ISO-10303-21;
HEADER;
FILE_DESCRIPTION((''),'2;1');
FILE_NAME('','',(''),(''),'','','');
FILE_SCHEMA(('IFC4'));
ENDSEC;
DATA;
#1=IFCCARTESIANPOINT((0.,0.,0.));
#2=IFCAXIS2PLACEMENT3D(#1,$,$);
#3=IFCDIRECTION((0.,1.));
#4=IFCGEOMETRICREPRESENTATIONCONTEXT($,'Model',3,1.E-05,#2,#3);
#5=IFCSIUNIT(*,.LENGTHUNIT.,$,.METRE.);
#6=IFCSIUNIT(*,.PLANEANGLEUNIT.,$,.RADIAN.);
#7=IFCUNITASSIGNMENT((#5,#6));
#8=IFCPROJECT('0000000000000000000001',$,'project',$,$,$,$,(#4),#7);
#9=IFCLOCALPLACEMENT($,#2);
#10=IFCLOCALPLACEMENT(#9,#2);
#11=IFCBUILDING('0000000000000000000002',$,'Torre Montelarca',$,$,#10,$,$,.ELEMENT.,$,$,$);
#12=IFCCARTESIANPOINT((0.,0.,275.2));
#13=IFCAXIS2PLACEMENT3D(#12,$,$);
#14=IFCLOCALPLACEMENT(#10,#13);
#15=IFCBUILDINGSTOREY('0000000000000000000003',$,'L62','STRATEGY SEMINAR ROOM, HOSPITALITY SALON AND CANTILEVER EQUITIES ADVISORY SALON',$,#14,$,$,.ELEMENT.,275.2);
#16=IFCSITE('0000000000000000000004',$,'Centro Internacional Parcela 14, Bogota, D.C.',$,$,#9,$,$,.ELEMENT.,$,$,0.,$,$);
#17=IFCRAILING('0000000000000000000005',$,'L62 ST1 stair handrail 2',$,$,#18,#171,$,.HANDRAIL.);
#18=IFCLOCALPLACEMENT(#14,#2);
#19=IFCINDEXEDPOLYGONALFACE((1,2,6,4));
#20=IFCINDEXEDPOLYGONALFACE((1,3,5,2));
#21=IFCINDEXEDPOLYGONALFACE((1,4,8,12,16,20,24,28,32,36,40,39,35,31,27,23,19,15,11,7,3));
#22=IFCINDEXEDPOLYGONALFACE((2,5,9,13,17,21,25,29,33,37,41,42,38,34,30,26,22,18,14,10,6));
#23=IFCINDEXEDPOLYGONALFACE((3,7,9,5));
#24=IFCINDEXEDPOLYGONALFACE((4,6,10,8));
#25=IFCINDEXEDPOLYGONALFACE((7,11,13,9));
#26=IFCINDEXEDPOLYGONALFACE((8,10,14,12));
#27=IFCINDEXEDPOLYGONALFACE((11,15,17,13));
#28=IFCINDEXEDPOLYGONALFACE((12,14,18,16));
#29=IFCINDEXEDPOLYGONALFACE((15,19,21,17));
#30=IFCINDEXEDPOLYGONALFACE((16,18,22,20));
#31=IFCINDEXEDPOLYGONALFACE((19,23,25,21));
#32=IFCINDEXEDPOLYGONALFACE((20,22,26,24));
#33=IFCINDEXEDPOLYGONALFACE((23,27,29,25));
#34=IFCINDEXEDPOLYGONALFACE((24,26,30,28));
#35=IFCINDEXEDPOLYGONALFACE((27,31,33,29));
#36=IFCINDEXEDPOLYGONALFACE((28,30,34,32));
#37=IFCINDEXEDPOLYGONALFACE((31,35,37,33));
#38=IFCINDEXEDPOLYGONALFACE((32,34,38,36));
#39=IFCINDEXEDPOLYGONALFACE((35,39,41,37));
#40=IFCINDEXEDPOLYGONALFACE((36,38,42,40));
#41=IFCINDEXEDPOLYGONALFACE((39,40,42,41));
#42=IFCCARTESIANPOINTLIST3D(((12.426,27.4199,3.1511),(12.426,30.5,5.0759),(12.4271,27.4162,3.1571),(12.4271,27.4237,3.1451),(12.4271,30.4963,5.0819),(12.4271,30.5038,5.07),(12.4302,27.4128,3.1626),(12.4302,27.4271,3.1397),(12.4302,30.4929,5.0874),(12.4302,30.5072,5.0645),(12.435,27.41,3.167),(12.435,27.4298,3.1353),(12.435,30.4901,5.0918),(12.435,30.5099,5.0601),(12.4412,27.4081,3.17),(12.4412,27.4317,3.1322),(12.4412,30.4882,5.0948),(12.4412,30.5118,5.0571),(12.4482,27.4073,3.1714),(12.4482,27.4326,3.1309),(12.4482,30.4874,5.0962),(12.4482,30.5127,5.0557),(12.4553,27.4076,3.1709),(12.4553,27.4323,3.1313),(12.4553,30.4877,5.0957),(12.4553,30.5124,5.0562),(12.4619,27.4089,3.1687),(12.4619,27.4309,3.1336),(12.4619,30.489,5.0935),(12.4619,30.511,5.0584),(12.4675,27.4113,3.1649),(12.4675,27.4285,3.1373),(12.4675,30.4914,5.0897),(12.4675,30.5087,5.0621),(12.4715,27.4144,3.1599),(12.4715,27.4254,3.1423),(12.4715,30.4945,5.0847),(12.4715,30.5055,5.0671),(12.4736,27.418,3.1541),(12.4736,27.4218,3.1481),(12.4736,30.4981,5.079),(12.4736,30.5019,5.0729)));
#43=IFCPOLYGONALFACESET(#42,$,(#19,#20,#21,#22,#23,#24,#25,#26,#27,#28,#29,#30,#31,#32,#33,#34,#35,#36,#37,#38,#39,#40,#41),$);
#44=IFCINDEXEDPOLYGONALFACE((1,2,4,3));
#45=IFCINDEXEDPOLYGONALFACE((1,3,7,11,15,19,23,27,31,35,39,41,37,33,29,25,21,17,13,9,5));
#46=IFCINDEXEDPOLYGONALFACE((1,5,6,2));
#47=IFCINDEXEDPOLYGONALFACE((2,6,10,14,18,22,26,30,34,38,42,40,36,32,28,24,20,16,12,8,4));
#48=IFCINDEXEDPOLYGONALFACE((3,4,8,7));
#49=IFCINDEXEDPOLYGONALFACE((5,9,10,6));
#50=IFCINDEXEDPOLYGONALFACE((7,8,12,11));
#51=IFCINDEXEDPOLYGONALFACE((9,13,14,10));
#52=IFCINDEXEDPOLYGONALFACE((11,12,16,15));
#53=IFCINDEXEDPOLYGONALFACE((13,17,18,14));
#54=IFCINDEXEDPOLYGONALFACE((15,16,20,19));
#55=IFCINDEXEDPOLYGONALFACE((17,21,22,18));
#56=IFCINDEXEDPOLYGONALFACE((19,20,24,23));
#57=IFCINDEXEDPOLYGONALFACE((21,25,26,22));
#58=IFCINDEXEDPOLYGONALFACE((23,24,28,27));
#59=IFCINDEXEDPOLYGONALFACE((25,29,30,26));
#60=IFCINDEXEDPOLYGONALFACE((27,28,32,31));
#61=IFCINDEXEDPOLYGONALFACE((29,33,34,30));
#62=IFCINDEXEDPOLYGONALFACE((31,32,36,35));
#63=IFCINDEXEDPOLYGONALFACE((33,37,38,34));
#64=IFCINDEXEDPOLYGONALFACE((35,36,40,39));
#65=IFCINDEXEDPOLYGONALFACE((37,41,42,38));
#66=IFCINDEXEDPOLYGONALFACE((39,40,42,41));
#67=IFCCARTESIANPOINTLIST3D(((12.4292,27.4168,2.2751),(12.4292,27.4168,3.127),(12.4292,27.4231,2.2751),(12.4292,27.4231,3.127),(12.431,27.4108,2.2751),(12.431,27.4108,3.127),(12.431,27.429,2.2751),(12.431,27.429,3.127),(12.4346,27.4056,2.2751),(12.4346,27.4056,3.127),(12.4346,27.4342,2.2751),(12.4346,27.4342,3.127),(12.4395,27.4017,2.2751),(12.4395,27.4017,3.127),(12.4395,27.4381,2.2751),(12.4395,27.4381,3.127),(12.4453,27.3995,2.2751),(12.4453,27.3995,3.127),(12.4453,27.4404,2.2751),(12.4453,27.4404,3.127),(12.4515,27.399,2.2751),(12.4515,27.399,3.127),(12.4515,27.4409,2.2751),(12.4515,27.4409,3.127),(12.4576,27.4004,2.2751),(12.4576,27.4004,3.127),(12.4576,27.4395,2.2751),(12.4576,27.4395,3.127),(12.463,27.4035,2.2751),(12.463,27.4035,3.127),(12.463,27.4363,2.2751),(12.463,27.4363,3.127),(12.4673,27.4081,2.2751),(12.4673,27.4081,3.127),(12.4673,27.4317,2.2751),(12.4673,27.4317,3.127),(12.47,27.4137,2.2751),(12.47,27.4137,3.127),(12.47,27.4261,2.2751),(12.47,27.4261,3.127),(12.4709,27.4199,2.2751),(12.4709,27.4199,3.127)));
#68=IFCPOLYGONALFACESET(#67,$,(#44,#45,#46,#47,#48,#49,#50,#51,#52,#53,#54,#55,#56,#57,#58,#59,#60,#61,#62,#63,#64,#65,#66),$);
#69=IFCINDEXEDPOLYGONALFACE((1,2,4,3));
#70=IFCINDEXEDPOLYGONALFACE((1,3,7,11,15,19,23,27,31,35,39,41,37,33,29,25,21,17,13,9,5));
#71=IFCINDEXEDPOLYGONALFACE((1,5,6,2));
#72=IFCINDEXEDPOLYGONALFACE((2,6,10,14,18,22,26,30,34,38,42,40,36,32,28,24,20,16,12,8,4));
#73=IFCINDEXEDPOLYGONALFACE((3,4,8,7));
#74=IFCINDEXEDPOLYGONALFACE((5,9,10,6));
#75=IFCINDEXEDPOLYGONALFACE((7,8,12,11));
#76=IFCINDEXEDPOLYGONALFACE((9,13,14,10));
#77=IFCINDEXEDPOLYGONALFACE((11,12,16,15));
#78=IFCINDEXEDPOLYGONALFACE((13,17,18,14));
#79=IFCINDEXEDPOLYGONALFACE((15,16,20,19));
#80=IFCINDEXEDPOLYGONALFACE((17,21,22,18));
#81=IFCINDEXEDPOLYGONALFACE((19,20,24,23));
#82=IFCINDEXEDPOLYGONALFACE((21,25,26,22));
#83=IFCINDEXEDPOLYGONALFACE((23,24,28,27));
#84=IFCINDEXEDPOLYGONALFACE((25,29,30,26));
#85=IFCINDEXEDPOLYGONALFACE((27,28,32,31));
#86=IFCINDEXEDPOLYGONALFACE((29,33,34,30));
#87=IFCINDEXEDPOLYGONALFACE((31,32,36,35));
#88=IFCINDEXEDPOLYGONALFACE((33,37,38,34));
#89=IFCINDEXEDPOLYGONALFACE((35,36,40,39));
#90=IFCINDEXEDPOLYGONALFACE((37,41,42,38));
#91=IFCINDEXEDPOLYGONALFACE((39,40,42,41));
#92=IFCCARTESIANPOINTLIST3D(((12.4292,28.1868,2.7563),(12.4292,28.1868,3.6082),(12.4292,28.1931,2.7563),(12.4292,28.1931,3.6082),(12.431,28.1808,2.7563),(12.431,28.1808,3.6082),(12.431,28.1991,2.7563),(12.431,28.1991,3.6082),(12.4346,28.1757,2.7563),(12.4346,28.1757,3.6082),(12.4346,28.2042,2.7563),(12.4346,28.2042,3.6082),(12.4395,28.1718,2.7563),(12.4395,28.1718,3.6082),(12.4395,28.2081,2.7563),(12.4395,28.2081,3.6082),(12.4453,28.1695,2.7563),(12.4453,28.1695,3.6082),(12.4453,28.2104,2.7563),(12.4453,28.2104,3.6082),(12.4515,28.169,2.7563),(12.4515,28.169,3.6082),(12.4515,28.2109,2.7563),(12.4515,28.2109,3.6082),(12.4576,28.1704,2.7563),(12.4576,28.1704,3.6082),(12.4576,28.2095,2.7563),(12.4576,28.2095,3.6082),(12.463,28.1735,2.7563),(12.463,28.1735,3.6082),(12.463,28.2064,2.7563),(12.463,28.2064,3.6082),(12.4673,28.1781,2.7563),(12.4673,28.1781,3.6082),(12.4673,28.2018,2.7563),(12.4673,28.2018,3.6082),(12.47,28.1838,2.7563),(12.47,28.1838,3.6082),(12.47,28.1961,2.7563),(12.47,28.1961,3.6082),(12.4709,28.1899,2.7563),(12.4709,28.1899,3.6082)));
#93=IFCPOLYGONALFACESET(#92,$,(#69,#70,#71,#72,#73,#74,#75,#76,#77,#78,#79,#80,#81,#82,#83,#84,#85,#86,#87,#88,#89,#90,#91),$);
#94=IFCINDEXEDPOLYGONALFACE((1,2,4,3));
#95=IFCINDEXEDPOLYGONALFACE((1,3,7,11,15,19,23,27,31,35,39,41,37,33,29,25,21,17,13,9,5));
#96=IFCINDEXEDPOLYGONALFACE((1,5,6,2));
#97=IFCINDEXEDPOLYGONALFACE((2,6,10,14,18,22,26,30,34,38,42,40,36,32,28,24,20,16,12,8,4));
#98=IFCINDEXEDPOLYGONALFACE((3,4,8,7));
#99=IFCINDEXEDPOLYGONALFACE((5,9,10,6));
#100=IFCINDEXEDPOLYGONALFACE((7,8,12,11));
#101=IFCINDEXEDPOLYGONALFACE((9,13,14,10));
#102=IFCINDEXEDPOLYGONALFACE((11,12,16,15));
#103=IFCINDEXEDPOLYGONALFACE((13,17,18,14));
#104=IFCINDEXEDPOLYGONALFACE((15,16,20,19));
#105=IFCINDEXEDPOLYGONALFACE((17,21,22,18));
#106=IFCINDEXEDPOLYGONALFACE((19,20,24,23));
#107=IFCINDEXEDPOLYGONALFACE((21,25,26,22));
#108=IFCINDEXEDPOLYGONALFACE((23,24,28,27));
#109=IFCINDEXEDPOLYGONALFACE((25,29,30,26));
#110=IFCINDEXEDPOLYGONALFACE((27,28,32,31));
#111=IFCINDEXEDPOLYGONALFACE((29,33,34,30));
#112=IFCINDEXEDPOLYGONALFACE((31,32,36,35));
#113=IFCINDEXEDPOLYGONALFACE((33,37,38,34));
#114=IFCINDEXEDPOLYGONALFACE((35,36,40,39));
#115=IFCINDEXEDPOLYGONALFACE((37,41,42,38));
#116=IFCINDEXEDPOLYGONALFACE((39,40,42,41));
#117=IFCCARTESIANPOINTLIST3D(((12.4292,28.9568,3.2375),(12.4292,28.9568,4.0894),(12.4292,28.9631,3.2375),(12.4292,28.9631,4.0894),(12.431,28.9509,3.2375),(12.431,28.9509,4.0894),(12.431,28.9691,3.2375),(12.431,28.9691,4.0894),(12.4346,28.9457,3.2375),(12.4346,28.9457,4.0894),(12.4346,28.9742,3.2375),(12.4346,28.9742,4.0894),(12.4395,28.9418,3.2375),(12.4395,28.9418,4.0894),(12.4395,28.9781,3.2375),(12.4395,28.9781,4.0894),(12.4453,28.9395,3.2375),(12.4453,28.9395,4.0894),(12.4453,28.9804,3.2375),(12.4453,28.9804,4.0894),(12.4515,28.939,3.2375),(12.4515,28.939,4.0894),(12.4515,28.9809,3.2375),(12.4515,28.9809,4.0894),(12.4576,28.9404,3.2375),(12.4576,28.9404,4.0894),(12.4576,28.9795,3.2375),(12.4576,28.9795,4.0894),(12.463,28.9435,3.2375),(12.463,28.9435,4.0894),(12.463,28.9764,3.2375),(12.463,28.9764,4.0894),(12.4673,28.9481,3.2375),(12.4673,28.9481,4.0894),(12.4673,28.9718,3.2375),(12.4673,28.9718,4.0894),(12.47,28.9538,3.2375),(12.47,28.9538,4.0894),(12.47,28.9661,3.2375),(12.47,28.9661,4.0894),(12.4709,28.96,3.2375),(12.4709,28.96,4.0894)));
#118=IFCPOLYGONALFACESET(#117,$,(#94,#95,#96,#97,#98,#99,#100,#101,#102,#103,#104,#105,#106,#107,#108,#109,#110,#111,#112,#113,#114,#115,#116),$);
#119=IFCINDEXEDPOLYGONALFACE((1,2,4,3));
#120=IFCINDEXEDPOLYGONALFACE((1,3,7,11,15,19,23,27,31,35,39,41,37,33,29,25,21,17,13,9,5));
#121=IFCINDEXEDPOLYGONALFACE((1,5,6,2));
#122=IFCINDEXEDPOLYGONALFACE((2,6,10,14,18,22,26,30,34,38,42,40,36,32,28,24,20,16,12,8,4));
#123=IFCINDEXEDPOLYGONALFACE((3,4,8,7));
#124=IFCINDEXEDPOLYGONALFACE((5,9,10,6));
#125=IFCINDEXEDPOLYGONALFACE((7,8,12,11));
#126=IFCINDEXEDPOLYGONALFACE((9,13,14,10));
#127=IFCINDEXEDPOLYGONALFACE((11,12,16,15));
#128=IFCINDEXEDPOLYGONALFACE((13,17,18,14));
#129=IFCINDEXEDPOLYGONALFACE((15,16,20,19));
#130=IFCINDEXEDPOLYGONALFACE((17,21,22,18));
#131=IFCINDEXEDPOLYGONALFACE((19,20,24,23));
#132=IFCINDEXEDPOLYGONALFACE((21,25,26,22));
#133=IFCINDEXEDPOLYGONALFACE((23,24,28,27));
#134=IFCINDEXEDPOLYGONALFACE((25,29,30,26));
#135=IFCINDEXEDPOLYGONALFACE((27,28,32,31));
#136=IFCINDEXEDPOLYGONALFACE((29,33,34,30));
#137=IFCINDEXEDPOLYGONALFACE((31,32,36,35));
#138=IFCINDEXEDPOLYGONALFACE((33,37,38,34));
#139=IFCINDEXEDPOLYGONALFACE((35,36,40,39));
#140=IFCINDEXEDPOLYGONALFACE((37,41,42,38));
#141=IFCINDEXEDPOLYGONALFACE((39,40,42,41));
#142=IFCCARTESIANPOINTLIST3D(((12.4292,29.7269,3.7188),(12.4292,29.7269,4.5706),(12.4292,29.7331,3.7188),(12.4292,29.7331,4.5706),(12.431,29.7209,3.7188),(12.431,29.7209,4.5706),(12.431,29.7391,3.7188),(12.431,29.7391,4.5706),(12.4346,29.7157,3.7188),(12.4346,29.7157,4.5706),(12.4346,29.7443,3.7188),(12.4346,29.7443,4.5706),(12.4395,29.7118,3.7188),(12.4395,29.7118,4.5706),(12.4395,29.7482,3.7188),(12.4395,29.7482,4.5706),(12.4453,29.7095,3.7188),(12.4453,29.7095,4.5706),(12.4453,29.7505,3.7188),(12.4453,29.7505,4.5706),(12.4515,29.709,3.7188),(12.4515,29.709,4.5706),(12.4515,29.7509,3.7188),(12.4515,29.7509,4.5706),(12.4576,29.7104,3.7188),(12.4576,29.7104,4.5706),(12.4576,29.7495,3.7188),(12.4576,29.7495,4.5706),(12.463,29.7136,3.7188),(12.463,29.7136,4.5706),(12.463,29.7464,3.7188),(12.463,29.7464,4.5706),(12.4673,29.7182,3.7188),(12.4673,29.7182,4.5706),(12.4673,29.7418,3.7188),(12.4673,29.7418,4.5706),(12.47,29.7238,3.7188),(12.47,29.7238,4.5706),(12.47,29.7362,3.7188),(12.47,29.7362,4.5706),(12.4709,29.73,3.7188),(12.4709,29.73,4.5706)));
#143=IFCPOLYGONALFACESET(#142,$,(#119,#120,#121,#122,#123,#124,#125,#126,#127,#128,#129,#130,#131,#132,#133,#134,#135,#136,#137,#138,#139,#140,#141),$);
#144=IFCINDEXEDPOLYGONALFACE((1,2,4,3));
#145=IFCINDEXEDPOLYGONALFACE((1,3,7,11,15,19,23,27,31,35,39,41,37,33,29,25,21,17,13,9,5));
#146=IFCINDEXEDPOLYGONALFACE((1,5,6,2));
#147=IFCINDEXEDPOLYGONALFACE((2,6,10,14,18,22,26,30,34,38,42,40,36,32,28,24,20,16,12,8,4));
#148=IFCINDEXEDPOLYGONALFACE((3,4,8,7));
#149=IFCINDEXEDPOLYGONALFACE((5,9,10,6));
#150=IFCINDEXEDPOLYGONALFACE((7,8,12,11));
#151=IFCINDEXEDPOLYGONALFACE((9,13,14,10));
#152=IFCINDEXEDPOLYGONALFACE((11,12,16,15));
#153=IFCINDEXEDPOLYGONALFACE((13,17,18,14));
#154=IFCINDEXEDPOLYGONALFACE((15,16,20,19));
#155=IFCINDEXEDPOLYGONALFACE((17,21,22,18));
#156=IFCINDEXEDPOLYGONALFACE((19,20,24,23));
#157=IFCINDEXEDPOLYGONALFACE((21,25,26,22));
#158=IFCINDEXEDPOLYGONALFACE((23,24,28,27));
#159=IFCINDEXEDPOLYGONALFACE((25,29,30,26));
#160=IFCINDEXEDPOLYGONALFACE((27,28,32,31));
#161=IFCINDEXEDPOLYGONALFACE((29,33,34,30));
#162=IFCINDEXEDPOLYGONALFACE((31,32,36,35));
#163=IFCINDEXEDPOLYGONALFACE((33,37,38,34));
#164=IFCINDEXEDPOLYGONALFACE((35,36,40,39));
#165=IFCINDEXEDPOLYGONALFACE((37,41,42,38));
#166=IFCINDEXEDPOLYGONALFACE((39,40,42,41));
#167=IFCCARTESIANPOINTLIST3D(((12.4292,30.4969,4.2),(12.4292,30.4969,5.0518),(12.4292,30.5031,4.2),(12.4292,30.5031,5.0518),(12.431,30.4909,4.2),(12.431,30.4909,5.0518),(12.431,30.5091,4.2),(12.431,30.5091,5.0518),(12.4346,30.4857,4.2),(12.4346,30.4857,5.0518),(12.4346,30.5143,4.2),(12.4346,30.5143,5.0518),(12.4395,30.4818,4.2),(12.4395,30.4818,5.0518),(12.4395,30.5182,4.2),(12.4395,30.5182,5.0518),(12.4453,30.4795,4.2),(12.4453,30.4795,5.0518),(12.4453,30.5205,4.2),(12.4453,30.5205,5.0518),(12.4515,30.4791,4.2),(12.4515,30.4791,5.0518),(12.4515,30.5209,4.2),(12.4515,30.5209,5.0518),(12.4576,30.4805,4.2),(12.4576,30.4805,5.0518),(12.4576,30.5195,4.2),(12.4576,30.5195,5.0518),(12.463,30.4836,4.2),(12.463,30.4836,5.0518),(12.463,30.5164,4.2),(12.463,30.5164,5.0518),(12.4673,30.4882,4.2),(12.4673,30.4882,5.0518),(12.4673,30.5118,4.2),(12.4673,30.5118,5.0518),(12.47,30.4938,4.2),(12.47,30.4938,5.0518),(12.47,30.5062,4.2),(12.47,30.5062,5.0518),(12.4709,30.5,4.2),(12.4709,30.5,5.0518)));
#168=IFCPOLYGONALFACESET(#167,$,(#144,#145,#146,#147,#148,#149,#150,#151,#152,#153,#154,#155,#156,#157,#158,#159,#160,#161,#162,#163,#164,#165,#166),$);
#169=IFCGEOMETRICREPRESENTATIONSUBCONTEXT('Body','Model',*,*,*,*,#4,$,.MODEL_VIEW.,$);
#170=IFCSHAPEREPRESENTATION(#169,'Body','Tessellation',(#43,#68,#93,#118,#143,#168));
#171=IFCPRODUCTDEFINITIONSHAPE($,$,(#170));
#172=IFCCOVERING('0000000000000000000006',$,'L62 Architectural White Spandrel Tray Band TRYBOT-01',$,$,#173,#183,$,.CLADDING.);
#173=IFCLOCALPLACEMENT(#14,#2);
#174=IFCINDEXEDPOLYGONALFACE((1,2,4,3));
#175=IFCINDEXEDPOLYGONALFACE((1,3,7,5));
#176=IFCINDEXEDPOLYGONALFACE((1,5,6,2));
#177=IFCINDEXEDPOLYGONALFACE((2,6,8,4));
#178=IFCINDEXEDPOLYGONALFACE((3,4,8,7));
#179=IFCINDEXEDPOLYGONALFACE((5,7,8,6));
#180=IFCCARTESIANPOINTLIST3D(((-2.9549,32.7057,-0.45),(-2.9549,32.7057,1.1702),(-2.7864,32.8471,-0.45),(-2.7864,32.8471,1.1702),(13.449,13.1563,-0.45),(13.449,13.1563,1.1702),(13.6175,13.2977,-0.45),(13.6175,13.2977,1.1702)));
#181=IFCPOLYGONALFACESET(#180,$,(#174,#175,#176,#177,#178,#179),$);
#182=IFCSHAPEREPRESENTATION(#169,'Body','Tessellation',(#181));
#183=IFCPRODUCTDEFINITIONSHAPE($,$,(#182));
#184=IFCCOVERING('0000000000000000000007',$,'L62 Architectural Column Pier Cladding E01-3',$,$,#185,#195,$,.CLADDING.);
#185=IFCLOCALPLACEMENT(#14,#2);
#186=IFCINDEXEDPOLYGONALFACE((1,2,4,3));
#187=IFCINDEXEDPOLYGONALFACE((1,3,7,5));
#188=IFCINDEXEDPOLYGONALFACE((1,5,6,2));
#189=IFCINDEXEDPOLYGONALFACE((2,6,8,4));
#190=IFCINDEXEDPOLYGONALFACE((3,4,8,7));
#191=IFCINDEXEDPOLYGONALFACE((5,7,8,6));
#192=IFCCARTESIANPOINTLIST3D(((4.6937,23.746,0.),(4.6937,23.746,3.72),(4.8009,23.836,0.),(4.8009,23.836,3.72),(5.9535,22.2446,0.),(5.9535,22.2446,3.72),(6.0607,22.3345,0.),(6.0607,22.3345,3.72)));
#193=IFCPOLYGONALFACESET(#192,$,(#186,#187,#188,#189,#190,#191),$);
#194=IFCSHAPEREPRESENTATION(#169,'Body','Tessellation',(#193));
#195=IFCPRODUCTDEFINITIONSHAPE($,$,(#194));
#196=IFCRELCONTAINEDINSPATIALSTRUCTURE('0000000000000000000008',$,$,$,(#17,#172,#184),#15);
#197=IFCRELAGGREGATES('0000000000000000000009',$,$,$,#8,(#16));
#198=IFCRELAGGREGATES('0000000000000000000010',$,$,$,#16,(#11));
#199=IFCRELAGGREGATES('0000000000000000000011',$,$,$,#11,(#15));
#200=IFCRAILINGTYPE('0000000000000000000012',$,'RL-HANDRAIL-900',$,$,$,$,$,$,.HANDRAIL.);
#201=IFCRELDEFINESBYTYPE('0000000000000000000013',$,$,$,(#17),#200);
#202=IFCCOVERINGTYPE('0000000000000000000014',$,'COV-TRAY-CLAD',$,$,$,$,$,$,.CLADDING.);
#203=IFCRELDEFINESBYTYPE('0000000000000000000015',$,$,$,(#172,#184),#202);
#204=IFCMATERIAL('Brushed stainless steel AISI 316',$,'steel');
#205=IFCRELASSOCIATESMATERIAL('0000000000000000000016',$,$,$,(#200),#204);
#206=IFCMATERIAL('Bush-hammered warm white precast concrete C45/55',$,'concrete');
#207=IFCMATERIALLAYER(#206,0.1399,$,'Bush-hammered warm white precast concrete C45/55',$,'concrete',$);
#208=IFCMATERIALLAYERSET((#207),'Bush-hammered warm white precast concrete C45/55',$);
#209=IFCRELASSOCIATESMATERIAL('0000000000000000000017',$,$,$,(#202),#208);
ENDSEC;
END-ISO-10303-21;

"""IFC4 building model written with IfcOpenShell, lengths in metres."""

from ifc_helpers import new_model, si_unit, direction, frame, origin, origin_2d, place, context, subcontext, project, spatial, rectangle, circle, extrude, source, transform, mapped, material, layer, layer_set, type_object, element, save


model = new_model("IFC4")

# Units and contexts
model_context = context("Model", 3, precision=1e-05, world=origin(), true_north=direction((0.0, 1.0)))
body_context = subcontext(model_context, "Body", "Model", "MODEL_VIEW")
ifc_project = project(units=[si_unit("LENGTHUNIT", "METRE"), si_unit("PLANEANGLEUNIT", "RADIAN")], contexts=[model_context])

# Site, building, storey
site_placement = place(None, origin())
site = spatial("IfcSite", under=ifc_project, at=site_placement, Name="Centro Internacional Parcela 14, Bogota, D.C.", CompositionType="ELEMENT", RefElevation=0.0)
building_placement = place(site_placement, origin())
building = spatial("IfcBuilding", under=site, at=building_placement, Name="Torre Montelarca", CompositionType="ELEMENT")
storey_placement = place(building_placement, frame((0.0, 0.0, 275.2)))
storey = spatial("IfcBuildingStorey", under=building, at=storey_placement, Name="L62", Description="STRATEGY SEMINAR ROOM, HOSPITALITY SALON AND CANTILEVER EQUITIES ADVISORY SALON", CompositionType="ELEMENT", Elevation=275.2)

# Railing
ifc_material_1 = material(Name="Brushed stainless steel AISI 316", Category="steel")
railing_type_1 = type_object("IfcRailingType", Name="RL-HANDRAIL-900", PredefinedType="HANDRAIL", material=ifc_material_1)
railing_1_placement = place(storey_placement, frame((12.45, 27.4199, 2.2751)))
element("IfcRailing", 1, at=railing_1_placement, inside=storey, type_object=railing_type_1, Name="L62 ST1 stair handrail 2", PredefinedType="HANDRAIL", context=body_context, shape_type="SweptSolid", body=[
    extrude(circle(Radius=0.0239, at=origin_2d()), frame((0.0, 0.0, 0.876), z_axis=(0.0, 0.848029, 0.529951), x_axis=(-1.0, 0.0, 0.0)), (0.0, 0.0, 1.0), 3.6321),
    extrude(circle(Radius=0.021, at=origin_2d()), origin(), (0.0, 0.0, 1.0), 0.8518),
    extrude(circle(Radius=0.021, at=origin_2d()), frame((0.0, 0.77, 0.4812)), (0.0, 0.0, 1.0), 0.8518),
    extrude(circle(Radius=0.021, at=origin_2d()), frame((0.0, 1.54, 0.9624)), (0.0, 0.0, 1.0), 0.8518),
    extrude(circle(Radius=0.021, at=origin_2d()), frame((0.0, 2.3101, 1.4436)), (0.0, 0.0, 1.0), 0.8518),
    extrude(circle(Radius=0.021, at=origin_2d()), frame((0.0, 3.0801, 1.9248)), (0.0, 0.0, 1.0), 0.8518),
])

# Coverings
ifc_material_2 = material(Name="Bush-hammered warm white precast concrete C45/55", Category="concrete")
ifc_layer_1 = layer(ifc_material_2, 0.1399, Name="Bush-hammered warm white precast concrete C45/55", Category="concrete")
ifc_layer_set_1 = layer_set([ifc_layer_1], Name="Bush-hammered warm white precast concrete C45/55")
covering_type = type_object("IfcCoveringType", Name="COV-TRAY-CLAD", PredefinedType="CLADDING", material=ifc_layer_set_1)
shared_shape_1 = source(origin(), body_context, "Body", "SweptSolid", [
    extrude(rectangle(XDim=25.52, YDim=0.22, at=origin_2d()), origin(), (0.0, 0.0, 1.0), 1.6201),
])
covering_1_placement = place(storey_placement, frame((5.3313, 23.0017, -0.45), z_axis=(0.0, 0.0, 1.0), x_axis=(0.642788, -0.766044, 0.0)))
element("IfcCovering", 2, at=covering_1_placement, inside=storey, type_object=covering_type, Name="L62 Architectural White Spandrel Tray Band TRYBOT-01", PredefinedType="CLADDING", context=body_context, shape_type="MappedRepresentation", body=[
    mapped(shared_shape_1, transform((0.0, 0.0, 0.0), scale=1.0)),
])
shared_shape_2 = source(origin(), body_context, "Body", "SweptSolid", [
    extrude(rectangle(XDim=1.96, YDim=0.1399, at=origin_2d()), origin(), (0.0, 0.0, 1.0), 3.72),
])
covering_2_placement = place(storey_placement, frame((5.3772, 23.0403, 0.0), z_axis=(0.0, 0.0, 1.0), x_axis=(0.642789, -0.766043, 0.0)))
element("IfcCovering", 3, at=covering_2_placement, inside=storey, type_object=covering_type, Name="L62 Architectural Column Pier Cladding E01-3", PredefinedType="CLADDING", context=body_context, shape_type="MappedRepresentation", body=[
    mapped(shared_shape_2, transform((0.0, 0.0, 0.0), scale=1.0)),
])

save(model, "model.ifc")
